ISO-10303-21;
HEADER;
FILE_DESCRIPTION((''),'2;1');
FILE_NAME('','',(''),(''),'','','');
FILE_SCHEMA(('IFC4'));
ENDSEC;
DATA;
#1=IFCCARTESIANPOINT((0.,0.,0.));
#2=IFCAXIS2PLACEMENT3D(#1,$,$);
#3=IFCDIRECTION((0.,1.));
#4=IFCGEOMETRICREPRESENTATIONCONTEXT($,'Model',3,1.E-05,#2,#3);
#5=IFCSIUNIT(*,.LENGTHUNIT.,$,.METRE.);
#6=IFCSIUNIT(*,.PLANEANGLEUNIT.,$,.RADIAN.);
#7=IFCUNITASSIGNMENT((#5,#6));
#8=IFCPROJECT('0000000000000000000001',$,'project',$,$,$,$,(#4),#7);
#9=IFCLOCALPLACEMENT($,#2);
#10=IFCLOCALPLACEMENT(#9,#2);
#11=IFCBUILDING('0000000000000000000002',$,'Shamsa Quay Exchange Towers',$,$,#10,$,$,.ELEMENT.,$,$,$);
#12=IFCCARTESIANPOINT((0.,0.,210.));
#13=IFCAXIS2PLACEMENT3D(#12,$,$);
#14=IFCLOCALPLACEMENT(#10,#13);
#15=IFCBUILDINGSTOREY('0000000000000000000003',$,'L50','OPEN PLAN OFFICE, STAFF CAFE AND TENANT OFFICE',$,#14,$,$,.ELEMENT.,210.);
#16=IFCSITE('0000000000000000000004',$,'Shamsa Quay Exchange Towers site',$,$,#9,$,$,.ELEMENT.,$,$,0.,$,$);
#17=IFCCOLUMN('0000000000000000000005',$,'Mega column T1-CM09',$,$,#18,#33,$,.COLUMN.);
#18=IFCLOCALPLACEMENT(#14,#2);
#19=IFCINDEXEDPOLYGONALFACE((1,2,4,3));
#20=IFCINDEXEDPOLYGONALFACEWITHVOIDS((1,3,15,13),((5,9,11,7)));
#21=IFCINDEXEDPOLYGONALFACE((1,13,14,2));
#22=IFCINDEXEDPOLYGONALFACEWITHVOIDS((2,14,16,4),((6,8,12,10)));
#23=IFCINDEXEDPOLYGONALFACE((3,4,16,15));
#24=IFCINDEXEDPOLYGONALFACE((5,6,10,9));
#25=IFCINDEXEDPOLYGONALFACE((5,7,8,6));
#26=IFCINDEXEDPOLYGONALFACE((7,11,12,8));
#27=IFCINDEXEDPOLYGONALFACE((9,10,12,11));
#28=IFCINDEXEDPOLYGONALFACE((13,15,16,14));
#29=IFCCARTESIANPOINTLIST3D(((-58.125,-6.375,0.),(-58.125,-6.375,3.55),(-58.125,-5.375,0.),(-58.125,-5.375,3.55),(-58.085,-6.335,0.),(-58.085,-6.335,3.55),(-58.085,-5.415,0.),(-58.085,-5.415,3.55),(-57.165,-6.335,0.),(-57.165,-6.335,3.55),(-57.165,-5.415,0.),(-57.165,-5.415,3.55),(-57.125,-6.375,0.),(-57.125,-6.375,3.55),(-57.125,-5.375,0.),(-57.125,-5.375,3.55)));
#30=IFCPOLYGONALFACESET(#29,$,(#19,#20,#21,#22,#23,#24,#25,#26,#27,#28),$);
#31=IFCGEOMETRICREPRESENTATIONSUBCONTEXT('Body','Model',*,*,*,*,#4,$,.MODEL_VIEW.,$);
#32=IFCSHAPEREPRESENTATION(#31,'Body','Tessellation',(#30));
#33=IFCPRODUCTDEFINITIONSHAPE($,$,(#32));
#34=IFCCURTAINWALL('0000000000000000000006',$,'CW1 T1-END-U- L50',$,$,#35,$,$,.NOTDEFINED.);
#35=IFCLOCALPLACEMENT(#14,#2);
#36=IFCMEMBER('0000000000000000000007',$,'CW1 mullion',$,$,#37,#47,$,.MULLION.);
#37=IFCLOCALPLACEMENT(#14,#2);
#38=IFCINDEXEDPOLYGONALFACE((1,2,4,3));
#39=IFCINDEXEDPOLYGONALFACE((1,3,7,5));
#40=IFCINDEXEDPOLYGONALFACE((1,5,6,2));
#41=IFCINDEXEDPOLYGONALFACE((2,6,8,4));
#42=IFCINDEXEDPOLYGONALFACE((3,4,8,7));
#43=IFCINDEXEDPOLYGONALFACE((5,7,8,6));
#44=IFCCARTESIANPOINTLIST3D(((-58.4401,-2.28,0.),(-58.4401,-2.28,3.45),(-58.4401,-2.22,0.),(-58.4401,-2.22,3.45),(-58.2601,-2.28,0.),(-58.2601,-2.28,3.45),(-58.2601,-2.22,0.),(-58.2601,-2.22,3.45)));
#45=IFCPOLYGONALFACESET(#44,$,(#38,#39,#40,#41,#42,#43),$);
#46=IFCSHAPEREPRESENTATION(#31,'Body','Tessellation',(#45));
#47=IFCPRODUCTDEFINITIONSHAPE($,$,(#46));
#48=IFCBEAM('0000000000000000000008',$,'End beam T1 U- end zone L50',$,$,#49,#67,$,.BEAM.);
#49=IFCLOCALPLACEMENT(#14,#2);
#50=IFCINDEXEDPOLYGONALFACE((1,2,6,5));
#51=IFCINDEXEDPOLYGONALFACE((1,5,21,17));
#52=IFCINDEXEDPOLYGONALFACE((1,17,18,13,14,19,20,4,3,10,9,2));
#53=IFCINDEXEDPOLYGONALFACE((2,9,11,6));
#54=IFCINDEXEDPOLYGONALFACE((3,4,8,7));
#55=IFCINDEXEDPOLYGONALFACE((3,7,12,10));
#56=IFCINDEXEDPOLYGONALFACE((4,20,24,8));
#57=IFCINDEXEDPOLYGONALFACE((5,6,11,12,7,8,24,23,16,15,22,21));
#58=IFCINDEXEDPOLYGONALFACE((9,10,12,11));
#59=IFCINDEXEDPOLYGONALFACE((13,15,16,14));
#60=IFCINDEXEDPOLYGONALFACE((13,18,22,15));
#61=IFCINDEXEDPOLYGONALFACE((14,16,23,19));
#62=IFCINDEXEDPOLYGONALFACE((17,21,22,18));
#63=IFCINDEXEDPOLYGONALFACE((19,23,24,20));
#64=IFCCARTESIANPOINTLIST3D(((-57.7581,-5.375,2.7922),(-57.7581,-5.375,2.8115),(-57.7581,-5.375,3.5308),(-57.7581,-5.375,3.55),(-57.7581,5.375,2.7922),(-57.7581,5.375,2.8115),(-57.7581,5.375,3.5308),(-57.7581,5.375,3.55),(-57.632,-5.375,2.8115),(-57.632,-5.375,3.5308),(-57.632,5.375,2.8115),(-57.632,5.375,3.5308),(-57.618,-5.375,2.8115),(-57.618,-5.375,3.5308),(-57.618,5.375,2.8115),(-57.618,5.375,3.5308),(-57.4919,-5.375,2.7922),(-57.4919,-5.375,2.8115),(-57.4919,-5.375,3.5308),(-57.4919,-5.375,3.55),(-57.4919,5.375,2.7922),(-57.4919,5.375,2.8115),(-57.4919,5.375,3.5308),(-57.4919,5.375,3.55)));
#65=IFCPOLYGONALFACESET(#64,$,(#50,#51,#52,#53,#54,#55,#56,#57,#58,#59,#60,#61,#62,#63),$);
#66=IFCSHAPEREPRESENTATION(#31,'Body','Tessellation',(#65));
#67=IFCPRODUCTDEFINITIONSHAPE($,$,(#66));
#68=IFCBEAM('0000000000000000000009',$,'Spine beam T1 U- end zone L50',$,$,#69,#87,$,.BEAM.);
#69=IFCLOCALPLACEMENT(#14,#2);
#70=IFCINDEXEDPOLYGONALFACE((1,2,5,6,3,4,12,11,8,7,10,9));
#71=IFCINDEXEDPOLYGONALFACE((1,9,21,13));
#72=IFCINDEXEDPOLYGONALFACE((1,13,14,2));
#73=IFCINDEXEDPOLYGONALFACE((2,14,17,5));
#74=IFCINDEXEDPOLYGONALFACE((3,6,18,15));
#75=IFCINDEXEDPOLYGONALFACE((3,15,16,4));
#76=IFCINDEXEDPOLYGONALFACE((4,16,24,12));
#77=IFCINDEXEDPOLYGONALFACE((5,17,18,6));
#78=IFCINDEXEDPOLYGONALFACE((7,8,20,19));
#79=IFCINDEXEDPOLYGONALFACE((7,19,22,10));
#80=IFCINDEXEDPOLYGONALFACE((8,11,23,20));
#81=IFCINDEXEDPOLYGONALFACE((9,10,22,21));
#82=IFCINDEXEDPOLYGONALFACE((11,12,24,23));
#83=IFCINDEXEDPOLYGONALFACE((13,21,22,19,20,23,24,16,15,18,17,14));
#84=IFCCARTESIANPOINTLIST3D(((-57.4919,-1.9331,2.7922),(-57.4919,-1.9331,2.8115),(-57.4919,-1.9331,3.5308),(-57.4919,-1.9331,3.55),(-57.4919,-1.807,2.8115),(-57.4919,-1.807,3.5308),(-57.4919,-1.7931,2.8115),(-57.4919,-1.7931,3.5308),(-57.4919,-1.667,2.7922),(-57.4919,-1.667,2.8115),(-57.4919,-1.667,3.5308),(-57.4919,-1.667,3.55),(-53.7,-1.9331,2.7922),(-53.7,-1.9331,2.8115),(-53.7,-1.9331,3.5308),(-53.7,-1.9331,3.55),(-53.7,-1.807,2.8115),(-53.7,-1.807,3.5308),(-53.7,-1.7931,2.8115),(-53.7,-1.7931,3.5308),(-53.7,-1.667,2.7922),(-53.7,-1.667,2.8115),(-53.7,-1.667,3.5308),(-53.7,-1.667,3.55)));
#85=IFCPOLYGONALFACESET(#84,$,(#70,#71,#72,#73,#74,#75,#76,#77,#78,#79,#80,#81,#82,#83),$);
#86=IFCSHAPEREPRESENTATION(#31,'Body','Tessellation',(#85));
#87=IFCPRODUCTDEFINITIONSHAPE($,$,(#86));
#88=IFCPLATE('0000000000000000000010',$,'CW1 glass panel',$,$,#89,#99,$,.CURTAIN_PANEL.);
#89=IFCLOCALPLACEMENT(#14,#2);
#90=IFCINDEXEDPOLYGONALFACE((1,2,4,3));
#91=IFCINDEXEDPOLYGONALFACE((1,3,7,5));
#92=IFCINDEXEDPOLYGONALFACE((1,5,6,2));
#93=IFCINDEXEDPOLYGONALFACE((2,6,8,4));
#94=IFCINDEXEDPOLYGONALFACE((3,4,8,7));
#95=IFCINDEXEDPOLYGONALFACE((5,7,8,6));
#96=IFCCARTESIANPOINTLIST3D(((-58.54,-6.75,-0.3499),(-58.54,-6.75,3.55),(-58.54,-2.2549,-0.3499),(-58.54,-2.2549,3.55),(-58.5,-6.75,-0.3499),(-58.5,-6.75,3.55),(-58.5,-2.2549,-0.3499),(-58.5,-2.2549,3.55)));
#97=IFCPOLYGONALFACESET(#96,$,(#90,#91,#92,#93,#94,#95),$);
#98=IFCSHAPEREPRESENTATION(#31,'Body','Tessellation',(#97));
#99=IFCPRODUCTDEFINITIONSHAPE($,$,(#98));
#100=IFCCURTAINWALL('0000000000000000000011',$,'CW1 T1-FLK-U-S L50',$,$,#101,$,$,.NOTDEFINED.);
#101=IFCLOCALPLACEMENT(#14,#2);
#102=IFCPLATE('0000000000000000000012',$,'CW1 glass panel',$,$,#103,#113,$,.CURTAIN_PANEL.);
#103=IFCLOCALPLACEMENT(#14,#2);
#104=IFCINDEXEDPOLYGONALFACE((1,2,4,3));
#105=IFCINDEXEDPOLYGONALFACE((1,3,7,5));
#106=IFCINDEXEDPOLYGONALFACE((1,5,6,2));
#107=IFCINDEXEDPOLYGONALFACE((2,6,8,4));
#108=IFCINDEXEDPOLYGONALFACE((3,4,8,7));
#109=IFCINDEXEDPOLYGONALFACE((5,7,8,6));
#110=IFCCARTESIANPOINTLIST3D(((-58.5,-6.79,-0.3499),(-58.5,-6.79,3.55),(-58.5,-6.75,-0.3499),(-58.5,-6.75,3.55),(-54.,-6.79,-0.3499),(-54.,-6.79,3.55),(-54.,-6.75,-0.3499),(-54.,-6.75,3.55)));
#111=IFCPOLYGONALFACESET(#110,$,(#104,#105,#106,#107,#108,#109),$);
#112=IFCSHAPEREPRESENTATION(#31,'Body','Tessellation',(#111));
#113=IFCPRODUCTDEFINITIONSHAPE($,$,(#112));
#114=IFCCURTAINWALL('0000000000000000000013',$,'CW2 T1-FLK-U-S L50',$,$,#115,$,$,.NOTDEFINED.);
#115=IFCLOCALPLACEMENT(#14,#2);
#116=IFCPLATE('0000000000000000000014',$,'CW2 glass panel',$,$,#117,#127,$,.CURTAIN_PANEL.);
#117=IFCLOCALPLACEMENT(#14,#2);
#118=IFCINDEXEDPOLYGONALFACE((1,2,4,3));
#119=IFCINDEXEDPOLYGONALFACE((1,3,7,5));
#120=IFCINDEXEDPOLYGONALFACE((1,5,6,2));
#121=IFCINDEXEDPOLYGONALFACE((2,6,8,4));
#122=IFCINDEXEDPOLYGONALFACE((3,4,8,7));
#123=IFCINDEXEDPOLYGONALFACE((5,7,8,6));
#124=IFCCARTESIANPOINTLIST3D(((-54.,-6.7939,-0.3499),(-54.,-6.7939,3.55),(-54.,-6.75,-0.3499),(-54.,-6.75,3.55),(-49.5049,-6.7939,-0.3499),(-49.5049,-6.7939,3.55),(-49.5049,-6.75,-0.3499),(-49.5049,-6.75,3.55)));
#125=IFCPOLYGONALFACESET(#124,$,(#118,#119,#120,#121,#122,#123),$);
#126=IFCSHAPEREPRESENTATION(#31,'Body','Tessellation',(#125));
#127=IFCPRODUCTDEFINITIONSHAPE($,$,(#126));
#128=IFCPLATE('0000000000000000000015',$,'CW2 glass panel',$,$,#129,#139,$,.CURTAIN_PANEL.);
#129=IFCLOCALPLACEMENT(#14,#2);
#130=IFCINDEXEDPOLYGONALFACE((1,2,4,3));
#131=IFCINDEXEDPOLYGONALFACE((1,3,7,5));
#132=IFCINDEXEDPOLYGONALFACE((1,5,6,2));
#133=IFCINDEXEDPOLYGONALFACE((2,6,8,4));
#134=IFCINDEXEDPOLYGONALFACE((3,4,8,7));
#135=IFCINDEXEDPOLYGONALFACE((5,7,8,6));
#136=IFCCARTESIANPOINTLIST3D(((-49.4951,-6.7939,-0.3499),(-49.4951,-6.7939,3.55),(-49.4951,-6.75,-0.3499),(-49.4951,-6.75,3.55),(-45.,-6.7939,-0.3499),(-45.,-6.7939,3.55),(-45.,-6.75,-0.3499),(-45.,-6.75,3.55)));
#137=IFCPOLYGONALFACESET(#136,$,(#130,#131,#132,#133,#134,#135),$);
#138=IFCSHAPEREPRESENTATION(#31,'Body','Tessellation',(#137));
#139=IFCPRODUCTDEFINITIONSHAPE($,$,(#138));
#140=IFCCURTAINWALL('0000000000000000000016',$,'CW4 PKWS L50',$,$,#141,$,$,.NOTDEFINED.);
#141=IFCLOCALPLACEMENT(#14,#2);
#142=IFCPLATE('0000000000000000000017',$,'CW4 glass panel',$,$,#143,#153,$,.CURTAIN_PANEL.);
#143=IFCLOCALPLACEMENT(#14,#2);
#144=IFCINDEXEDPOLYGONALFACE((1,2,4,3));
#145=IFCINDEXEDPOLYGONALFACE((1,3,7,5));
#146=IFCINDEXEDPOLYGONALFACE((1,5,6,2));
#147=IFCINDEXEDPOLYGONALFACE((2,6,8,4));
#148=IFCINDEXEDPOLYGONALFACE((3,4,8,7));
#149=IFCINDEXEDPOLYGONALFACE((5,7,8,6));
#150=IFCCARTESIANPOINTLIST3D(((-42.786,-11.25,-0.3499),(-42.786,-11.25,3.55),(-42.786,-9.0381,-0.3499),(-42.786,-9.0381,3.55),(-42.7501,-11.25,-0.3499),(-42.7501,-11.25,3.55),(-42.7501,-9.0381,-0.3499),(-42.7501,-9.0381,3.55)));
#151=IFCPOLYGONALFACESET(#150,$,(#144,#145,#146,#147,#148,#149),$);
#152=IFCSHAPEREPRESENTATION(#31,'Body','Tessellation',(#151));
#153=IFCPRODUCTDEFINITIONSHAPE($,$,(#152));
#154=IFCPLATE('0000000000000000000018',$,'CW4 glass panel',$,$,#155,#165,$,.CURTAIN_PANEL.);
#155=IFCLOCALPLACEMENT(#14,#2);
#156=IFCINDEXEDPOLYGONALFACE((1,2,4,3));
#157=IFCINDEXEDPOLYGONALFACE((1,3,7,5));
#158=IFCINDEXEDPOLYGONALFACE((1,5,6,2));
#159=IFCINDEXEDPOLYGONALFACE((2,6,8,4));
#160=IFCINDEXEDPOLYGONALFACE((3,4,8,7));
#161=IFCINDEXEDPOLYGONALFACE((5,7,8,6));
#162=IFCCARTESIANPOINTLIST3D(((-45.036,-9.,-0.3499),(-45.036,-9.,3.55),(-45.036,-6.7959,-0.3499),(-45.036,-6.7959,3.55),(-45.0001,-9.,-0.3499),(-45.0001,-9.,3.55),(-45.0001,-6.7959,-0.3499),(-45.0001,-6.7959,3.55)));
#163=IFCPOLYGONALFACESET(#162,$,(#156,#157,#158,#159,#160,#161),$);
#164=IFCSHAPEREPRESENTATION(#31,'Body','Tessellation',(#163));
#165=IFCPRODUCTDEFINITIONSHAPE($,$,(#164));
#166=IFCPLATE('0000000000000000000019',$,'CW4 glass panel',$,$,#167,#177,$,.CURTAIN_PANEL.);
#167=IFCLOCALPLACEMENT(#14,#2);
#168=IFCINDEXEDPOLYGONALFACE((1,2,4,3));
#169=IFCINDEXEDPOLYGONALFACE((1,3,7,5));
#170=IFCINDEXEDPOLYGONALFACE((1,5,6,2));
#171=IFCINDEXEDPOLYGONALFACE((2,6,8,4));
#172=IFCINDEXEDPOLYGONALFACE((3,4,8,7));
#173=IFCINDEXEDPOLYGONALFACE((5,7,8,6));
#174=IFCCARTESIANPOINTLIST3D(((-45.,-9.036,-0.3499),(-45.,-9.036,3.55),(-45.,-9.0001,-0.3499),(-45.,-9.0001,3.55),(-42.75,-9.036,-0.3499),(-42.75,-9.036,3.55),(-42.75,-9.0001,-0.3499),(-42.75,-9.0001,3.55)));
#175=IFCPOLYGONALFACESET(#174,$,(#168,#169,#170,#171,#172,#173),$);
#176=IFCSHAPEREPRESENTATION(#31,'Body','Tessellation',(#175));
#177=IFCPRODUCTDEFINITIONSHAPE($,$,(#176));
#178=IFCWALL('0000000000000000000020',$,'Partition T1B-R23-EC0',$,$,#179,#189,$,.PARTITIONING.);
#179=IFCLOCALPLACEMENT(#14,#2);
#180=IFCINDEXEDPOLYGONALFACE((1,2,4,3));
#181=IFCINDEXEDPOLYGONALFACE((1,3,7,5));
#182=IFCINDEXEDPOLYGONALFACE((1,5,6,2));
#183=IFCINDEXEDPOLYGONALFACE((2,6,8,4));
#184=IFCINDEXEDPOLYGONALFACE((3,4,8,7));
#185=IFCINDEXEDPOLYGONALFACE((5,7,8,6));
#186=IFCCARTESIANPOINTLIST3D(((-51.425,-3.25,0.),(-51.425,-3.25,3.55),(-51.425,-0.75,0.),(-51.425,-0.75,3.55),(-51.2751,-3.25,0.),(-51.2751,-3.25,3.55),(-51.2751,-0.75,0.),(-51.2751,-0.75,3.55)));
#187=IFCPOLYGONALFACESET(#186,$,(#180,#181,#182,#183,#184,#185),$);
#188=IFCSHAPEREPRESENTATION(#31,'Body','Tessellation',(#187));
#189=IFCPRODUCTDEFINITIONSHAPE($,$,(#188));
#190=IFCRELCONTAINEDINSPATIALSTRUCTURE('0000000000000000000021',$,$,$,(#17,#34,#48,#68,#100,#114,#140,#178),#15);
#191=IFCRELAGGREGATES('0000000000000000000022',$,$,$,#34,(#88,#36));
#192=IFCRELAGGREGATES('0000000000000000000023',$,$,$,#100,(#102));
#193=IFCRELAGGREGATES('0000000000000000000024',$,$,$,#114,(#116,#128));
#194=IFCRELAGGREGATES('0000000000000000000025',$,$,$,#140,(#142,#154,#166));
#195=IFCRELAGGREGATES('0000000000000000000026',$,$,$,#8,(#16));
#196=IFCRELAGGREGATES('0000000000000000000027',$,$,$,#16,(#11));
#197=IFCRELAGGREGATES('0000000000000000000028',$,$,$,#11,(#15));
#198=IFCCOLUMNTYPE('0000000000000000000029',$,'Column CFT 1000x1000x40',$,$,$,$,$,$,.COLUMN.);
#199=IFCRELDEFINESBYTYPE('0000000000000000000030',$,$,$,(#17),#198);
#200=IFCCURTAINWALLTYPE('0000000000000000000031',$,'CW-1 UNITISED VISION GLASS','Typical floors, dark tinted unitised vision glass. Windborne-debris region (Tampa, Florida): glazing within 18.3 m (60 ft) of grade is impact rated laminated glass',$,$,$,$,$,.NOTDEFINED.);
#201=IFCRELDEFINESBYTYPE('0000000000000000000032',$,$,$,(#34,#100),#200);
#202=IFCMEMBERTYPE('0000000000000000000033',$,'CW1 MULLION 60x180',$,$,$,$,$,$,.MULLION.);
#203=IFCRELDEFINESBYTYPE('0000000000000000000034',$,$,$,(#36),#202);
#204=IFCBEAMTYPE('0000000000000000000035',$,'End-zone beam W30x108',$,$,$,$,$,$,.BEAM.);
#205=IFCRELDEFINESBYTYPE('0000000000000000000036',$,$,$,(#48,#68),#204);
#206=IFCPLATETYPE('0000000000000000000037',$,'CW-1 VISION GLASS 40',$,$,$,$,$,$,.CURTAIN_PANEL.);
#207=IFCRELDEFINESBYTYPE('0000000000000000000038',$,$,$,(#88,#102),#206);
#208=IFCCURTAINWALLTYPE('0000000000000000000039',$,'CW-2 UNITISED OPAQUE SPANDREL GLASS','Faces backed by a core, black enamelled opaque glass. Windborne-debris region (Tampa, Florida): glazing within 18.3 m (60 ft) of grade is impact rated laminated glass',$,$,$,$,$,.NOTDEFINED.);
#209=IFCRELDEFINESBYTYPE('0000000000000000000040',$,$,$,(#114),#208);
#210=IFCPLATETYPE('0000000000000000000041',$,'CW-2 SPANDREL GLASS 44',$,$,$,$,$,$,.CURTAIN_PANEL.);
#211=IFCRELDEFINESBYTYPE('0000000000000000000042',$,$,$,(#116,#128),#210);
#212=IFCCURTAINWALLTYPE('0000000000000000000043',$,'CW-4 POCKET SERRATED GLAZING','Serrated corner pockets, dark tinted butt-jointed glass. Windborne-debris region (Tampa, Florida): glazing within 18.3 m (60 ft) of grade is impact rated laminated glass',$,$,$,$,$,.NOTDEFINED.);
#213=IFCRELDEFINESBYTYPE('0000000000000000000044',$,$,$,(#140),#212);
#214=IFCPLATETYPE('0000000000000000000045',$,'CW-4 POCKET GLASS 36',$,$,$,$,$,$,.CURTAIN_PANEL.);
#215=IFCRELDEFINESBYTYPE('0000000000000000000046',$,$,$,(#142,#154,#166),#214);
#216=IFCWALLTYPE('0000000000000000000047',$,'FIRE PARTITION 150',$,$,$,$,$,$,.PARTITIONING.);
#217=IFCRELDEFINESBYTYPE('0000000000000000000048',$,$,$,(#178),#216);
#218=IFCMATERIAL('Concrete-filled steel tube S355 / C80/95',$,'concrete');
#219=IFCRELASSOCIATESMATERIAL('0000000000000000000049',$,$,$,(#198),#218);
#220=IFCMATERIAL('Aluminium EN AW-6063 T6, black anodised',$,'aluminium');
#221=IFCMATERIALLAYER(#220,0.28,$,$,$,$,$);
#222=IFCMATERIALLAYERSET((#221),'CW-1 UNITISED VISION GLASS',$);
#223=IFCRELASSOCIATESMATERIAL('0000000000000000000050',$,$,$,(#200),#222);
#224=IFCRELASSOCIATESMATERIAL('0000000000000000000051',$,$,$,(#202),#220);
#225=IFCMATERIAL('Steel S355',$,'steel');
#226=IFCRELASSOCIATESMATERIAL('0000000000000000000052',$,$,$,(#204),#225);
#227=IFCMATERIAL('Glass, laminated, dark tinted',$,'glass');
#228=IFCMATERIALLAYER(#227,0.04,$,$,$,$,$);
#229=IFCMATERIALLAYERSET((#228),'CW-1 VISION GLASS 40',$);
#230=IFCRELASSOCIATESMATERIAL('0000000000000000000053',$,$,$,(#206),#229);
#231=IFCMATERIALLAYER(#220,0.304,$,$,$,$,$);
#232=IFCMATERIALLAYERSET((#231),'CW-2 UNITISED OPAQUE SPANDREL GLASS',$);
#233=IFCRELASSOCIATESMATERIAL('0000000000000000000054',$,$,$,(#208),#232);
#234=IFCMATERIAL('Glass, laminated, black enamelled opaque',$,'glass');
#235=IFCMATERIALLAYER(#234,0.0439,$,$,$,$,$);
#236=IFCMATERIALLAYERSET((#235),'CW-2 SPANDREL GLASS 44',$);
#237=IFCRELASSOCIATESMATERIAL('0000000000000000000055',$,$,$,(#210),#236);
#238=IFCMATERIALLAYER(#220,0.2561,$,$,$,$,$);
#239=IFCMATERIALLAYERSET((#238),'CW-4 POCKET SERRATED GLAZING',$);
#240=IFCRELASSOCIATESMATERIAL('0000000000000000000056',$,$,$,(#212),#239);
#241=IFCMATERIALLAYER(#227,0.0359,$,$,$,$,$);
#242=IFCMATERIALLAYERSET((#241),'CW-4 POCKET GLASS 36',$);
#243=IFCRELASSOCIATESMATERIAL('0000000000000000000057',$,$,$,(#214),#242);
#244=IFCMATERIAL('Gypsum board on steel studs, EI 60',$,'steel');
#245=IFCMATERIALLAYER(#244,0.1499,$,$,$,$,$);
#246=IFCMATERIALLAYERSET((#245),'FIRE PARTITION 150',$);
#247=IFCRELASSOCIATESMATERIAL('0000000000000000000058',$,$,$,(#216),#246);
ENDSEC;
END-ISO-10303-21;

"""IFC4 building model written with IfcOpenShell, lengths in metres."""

from ifc_helpers import new_model, si_unit, direction, frame, frame_2d, origin, origin_2d, place, context, subcontext, project, spatial, rectangle, hollow_rectangle, i_section, extrude, material, layer, layer_set, material_profile, profile_set, type_object, element, aggregate, save


model = new_model("IFC4")

# Units and contexts
model_context = context("Model", 3, precision=1e-05, world=origin(), true_north=direction((0.0, 1.0)))
body_context = subcontext(model_context, "Body", "Model", "MODEL_VIEW")
ifc_project = project(units=[si_unit("LENGTHUNIT", "METRE"), si_unit("PLANEANGLEUNIT", "RADIAN")], contexts=[model_context])

# Site, building, storey
site_placement = place(None, origin())
site = spatial("IfcSite", under=ifc_project, at=site_placement, Name="Shamsa Quay Exchange Towers site", CompositionType="ELEMENT", RefElevation=0.0)
building_placement = place(site_placement, origin())
building = spatial("IfcBuilding", under=site, at=building_placement, Name="Shamsa Quay Exchange Towers", CompositionType="ELEMENT")
storey_placement = place(building_placement, frame((0.0, 0.0, 210.0)))
storey = spatial("IfcBuildingStorey", under=building, at=storey_placement, Name="L50", Description="OPEN PLAN OFFICE, STAFF CAFE AND TENANT OFFICE", CompositionType="ELEMENT", Elevation=210.0)

# Column
ifc_material_1 = material(Name="Concrete-filled steel tube S355 / C80/95", Category="concrete")
ifc_material_profile_1 = material_profile(ifc_material_1, hollow_rectangle(XDim=1.0, YDim=1.0, WallThickness=0.04, at=origin_2d()), Name="CFT 1000x1000x40")
ifc_profile_set_1 = profile_set([ifc_material_profile_1], Name="Concrete-filled steel tube S355 / C80/95")
column_type = type_object("IfcColumnType", Name="Column CFT 1000x1000x40", PredefinedType="COLUMN", material=ifc_profile_set_1)
column_placement = place(storey_placement, frame((-57.625, -5.875, 0.0)))
element("IfcColumn", 1, at=column_placement, inside=storey, type_object=column_type, Name="Mega column T1-CM09", PredefinedType="COLUMN", context=body_context, shape_type="SweptSolid", body=[
    extrude(hollow_rectangle(XDim=1.0, YDim=1.0, WallThickness=0.04, at=origin_2d()), origin(), (0.0, 0.0, 1.0), 3.55),
])

# Curtain wall, member
ifc_material_2 = material(Name="Aluminium EN AW-6063 T6, black anodised", Category="aluminium")
ifc_layer_1 = layer(ifc_material_2, 0.28)
ifc_layer_set_1 = layer_set([ifc_layer_1], Name="CW-1 UNITISED VISION GLASS")
curtain_wall_type_1 = type_object("IfcCurtainWallType", Name="CW-1 UNITISED VISION GLASS", Description="Typical floors, dark tinted unitised vision glass. Windborne-debris region (Tampa, Florida): glazing within 18.3 m (60 ft) of grade is impact rated laminated glass", PredefinedType="NOTDEFINED", material=ifc_layer_set_1)
curtain_wall_1_placement = place(storey_placement, origin())
curtain_wall_1 = element("IfcCurtainWall", 2, at=curtain_wall_1_placement, inside=storey, type_object=curtain_wall_type_1, Name="CW1 T1-END-U- L50", PredefinedType="NOTDEFINED")
ifc_material_profile_2 = material_profile(ifc_material_2, rectangle(XDim=0.1799, YDim=0.0601, at=origin_2d()), Name="MU60x180")
ifc_profile_set_2 = profile_set([ifc_material_profile_2], Name="Aluminium EN AW-6063 T6, black anodised")
member_type = type_object("IfcMemberType", Name="CW1 MULLION 60x180", PredefinedType="MULLION", material=ifc_profile_set_2)
member_placement = place(storey_placement, frame((-58.3501, -2.25, 0.0)))
member = element("IfcMember", 3, at=member_placement, type_object=member_type, Name="CW1 mullion", PredefinedType="MULLION", context=body_context, shape_type="SweptSolid", body=[
    extrude(rectangle(XDim=0.1799, YDim=0.0601, at=origin_2d()), origin(), (0.0, 0.0, 1.0), 3.45),
])

# Beams
ifc_material_3 = material(Name="Steel S355", Category="steel")
ifc_material_profile_3 = material_profile(ifc_material_3, i_section(OverallWidth=0.2661, OverallDepth=0.7578, WebThickness=0.0139, FlangeThickness=0.0193, at=origin_2d()), Name="W30x108")
ifc_profile_set_3 = profile_set([ifc_material_profile_3], Name="Steel S355")
beam_type = type_object("IfcBeamType", Name="End-zone beam W30x108", PredefinedType="BEAM", material=ifc_profile_set_3)
beam_1_placement = place(storey_placement, frame((-57.625, -5.375, 3.1711), z_axis=(0.0, 1.0, 0.0), x_axis=(-1.0, 0.0, 0.0)))
element("IfcBeam", 4, at=beam_1_placement, inside=storey, type_object=beam_type, Name="End beam T1 U- end zone L50", PredefinedType="BEAM", context=body_context, shape_type="SweptSolid", body=[
    extrude(i_section(OverallWidth=0.2661, OverallDepth=0.7578, WebThickness=0.0139, FlangeThickness=0.0193, at=origin_2d()), origin(), (0.0, 0.0, 1.0), 10.75),
])
beam_2_placement = place(storey_placement, frame((-53.7, -1.8, 3.1711), z_axis=(-1.0, 0.0, 0.0), x_axis=(0.0, -1.0, 0.0)))
element("IfcBeam", 5, at=beam_2_placement, inside=storey, type_object=beam_type, Name="Spine beam T1 U- end zone L50", PredefinedType="BEAM", context=body_context, shape_type="SweptSolid", body=[
    extrude(i_section(OverallWidth=0.2661, OverallDepth=0.7578, WebThickness=0.0139, FlangeThickness=0.0193, at=origin_2d()), origin(), (0.0, 0.0, 1.0), 3.792),
])

# Plate
ifc_material_4 = material(Name="Glass, laminated, dark tinted", Category="glass")
ifc_layer_2 = layer(ifc_material_4, 0.04)
ifc_layer_set_2 = layer_set([ifc_layer_2], Name="CW-1 VISION GLASS 40")
plate_type_1 = type_object("IfcPlateType", Name="CW-1 VISION GLASS 40", PredefinedType="CURTAIN_PANEL", material=ifc_layer_set_2)
plate_1_placement = place(storey_placement, frame((-58.52, -4.5024, -0.3499), z_axis=(0.0, 0.0, 1.0), x_axis=(0.0, -1.0, 0.0)))
plate_1 = element("IfcPlate", 6, at=plate_1_placement, type_object=plate_type_1, Name="CW1 glass panel", PredefinedType="CURTAIN_PANEL", context=body_context, shape_type="SweptSolid", body=[
    extrude(rectangle(XDim=4.4951, YDim=0.04, at=origin_2d()), origin(), (0.0, 0.0, 1.0), 3.8999),
])
aggregate(curtain_wall_1, [plate_1, member])

# Curtain wall, plate
curtain_wall_2_placement = place(storey_placement, origin())
curtain_wall_2 = element("IfcCurtainWall", 7, at=curtain_wall_2_placement, inside=storey, type_object=curtain_wall_type_1, Name="CW1 T1-FLK-U-S L50", PredefinedType="NOTDEFINED")
plate_2_placement = place(storey_placement, frame((-56.25, -6.77, -0.3499)))
plate_2 = element("IfcPlate", 8, at=plate_2_placement, type_object=plate_type_1, Name="CW1 glass panel", PredefinedType="CURTAIN_PANEL", context=body_context, shape_type="SweptSolid", body=[
    extrude(rectangle(XDim=4.5, YDim=0.04, at=origin_2d()), origin(), (0.0, 0.0, 1.0), 3.8999),
])
aggregate(curtain_wall_2, [plate_2])

# Curtain walls, plates
ifc_layer_3 = layer(ifc_material_2, 0.304)
ifc_layer_set_3 = layer_set([ifc_layer_3], Name="CW-2 UNITISED OPAQUE SPANDREL GLASS")
curtain_wall_type_2 = type_object("IfcCurtainWallType", Name="CW-2 UNITISED OPAQUE SPANDREL GLASS", Description="Faces backed by a core, black enamelled opaque glass. Windborne-debris region (Tampa, Florida): glazing within 18.3 m (60 ft) of grade is impact rated laminated glass", PredefinedType="NOTDEFINED", material=ifc_layer_set_3)
curtain_wall_3_placement = place(storey_placement, origin())
curtain_wall_3 = element("IfcCurtainWall", 9, at=curtain_wall_3_placement, inside=storey, type_object=curtain_wall_type_2, Name="CW2 T1-FLK-U-S L50", PredefinedType="NOTDEFINED")
ifc_material_5 = material(Name="Glass, laminated, black enamelled opaque", Category="glass")
ifc_layer_4 = layer(ifc_material_5, 0.0439)
ifc_layer_set_4 = layer_set([ifc_layer_4], Name="CW-2 SPANDREL GLASS 44")
plate_type_2 = type_object("IfcPlateType", Name="CW-2 SPANDREL GLASS 44", PredefinedType="CURTAIN_PANEL", material=ifc_layer_set_4)
plate_3_placement = place(storey_placement, frame((-51.7524, -6.772, -0.3499)))
plate_3 = element("IfcPlate", 10, at=plate_3_placement, type_object=plate_type_2, Name="CW2 glass panel", PredefinedType="CURTAIN_PANEL", context=body_context, shape_type="SweptSolid", body=[
    extrude(rectangle(XDim=4.4951, YDim=0.0439, at=origin_2d()), origin(), (0.0, 0.0, 1.0), 3.8999),
])
plate_4_placement = place(storey_placement, frame((-47.2476, -6.772, -0.3499)))
plate_4 = element("IfcPlate", 11, at=plate_4_placement, type_object=plate_type_2, Name="CW2 glass panel", PredefinedType="CURTAIN_PANEL", context=body_context, shape_type="SweptSolid", body=[
    extrude(rectangle(XDim=4.4951, YDim=0.0439, at=origin_2d()), origin(), (0.0, 0.0, 1.0), 3.8999),
])
aggregate(curtain_wall_3, [plate_3, plate_4])
ifc_layer_5 = layer(ifc_material_2, 0.2561)
ifc_layer_set_5 = layer_set([ifc_layer_5], Name="CW-4 POCKET SERRATED GLAZING")
curtain_wall_type_3 = type_object("IfcCurtainWallType", Name="CW-4 POCKET SERRATED GLAZING", Description="Serrated corner pockets, dark tinted butt-jointed glass. Windborne-debris region (Tampa, Florida): glazing within 18.3 m (60 ft) of grade is impact rated laminated glass", PredefinedType="NOTDEFINED", material=ifc_layer_set_5)
curtain_wall_4_placement = place(storey_placement, origin())
curtain_wall_4 = element("IfcCurtainWall", 12, at=curtain_wall_4_placement, inside=storey, type_object=curtain_wall_type_3, Name="CW4 PKWS L50", PredefinedType="NOTDEFINED")
ifc_layer_6 = layer(ifc_material_4, 0.0359)
ifc_layer_set_6 = layer_set([ifc_layer_6], Name="CW-4 POCKET GLASS 36")
plate_type_3 = type_object("IfcPlateType", Name="CW-4 POCKET GLASS 36", PredefinedType="CURTAIN_PANEL", material=ifc_layer_set_6)
plate_5_placement = place(storey_placement, frame((-42.7681, -10.144, -0.3499), z_axis=(0.0, 0.0, 1.0), x_axis=(0.0, -1.0, 0.0)))
plate_5 = element("IfcPlate", 13, at=plate_5_placement, type_object=plate_type_3, Name="CW4 glass panel", PredefinedType="CURTAIN_PANEL", context=body_context, shape_type="SweptSolid", body=[
    extrude(rectangle(XDim=2.2119, YDim=0.0359, at=origin_2d()), origin(), (0.0, 0.0, 1.0), 3.8999),
])
plate_6_placement = place(storey_placement, frame((-45.0181, -7.8979, -0.3499), z_axis=(0.0, 0.0, 1.0), x_axis=(0.0, -1.0, 0.0)))
plate_6 = element("IfcPlate", 14, at=plate_6_placement, type_object=plate_type_3, Name="CW4 glass panel", PredefinedType="CURTAIN_PANEL", context=body_context, shape_type="SweptSolid", body=[
    extrude(rectangle(XDim=2.2041, YDim=0.0359, at=origin_2d()), origin(), (0.0, 0.0, 1.0), 3.8999),
])
plate_7_placement = place(storey_placement, frame((-43.875, -9.0181, -0.3499)))
plate_7 = element("IfcPlate", 15, at=plate_7_placement, type_object=plate_type_3, Name="CW4 glass panel", PredefinedType="CURTAIN_PANEL", context=body_context, shape_type="SweptSolid", body=[
    extrude(rectangle(XDim=2.25, YDim=0.0359, at=origin_2d()), origin(), (0.0, 0.0, 1.0), 3.8999),
])
aggregate(curtain_wall_4, [plate_5, plate_6, plate_7])

# Wall
ifc_material_6 = material(Name="Gypsum board on steel studs, EI 60", Category="steel")
ifc_layer_7 = layer(ifc_material_6, 0.1499)
ifc_layer_set_7 = layer_set([ifc_layer_7], Name="FIRE PARTITION 150")
wall_type_1 = type_object("IfcWallType", Name="FIRE PARTITION 150", PredefinedType="PARTITIONING", material=ifc_layer_set_7)
wall_1_placement = place(storey_placement, frame((-51.3501, -3.25, 0.0), z_axis=(0.0, 0.0, 1.0), x_axis=(0.0, 1.0, 0.0)))
element("IfcWall", 16, at=wall_1_placement, inside=storey, type_object=wall_type_1, Name="Partition T1B-R23-EC0", PredefinedType="PARTITIONING", context=body_context, shape_type="SweptSolid", body=[
    extrude(rectangle(XDim=2.5, YDim=0.1499, at=frame_2d((1.25, 0.0))), origin(), (0.0, 0.0, 1.0), 3.55),
])

save(model, "model.ifc")
